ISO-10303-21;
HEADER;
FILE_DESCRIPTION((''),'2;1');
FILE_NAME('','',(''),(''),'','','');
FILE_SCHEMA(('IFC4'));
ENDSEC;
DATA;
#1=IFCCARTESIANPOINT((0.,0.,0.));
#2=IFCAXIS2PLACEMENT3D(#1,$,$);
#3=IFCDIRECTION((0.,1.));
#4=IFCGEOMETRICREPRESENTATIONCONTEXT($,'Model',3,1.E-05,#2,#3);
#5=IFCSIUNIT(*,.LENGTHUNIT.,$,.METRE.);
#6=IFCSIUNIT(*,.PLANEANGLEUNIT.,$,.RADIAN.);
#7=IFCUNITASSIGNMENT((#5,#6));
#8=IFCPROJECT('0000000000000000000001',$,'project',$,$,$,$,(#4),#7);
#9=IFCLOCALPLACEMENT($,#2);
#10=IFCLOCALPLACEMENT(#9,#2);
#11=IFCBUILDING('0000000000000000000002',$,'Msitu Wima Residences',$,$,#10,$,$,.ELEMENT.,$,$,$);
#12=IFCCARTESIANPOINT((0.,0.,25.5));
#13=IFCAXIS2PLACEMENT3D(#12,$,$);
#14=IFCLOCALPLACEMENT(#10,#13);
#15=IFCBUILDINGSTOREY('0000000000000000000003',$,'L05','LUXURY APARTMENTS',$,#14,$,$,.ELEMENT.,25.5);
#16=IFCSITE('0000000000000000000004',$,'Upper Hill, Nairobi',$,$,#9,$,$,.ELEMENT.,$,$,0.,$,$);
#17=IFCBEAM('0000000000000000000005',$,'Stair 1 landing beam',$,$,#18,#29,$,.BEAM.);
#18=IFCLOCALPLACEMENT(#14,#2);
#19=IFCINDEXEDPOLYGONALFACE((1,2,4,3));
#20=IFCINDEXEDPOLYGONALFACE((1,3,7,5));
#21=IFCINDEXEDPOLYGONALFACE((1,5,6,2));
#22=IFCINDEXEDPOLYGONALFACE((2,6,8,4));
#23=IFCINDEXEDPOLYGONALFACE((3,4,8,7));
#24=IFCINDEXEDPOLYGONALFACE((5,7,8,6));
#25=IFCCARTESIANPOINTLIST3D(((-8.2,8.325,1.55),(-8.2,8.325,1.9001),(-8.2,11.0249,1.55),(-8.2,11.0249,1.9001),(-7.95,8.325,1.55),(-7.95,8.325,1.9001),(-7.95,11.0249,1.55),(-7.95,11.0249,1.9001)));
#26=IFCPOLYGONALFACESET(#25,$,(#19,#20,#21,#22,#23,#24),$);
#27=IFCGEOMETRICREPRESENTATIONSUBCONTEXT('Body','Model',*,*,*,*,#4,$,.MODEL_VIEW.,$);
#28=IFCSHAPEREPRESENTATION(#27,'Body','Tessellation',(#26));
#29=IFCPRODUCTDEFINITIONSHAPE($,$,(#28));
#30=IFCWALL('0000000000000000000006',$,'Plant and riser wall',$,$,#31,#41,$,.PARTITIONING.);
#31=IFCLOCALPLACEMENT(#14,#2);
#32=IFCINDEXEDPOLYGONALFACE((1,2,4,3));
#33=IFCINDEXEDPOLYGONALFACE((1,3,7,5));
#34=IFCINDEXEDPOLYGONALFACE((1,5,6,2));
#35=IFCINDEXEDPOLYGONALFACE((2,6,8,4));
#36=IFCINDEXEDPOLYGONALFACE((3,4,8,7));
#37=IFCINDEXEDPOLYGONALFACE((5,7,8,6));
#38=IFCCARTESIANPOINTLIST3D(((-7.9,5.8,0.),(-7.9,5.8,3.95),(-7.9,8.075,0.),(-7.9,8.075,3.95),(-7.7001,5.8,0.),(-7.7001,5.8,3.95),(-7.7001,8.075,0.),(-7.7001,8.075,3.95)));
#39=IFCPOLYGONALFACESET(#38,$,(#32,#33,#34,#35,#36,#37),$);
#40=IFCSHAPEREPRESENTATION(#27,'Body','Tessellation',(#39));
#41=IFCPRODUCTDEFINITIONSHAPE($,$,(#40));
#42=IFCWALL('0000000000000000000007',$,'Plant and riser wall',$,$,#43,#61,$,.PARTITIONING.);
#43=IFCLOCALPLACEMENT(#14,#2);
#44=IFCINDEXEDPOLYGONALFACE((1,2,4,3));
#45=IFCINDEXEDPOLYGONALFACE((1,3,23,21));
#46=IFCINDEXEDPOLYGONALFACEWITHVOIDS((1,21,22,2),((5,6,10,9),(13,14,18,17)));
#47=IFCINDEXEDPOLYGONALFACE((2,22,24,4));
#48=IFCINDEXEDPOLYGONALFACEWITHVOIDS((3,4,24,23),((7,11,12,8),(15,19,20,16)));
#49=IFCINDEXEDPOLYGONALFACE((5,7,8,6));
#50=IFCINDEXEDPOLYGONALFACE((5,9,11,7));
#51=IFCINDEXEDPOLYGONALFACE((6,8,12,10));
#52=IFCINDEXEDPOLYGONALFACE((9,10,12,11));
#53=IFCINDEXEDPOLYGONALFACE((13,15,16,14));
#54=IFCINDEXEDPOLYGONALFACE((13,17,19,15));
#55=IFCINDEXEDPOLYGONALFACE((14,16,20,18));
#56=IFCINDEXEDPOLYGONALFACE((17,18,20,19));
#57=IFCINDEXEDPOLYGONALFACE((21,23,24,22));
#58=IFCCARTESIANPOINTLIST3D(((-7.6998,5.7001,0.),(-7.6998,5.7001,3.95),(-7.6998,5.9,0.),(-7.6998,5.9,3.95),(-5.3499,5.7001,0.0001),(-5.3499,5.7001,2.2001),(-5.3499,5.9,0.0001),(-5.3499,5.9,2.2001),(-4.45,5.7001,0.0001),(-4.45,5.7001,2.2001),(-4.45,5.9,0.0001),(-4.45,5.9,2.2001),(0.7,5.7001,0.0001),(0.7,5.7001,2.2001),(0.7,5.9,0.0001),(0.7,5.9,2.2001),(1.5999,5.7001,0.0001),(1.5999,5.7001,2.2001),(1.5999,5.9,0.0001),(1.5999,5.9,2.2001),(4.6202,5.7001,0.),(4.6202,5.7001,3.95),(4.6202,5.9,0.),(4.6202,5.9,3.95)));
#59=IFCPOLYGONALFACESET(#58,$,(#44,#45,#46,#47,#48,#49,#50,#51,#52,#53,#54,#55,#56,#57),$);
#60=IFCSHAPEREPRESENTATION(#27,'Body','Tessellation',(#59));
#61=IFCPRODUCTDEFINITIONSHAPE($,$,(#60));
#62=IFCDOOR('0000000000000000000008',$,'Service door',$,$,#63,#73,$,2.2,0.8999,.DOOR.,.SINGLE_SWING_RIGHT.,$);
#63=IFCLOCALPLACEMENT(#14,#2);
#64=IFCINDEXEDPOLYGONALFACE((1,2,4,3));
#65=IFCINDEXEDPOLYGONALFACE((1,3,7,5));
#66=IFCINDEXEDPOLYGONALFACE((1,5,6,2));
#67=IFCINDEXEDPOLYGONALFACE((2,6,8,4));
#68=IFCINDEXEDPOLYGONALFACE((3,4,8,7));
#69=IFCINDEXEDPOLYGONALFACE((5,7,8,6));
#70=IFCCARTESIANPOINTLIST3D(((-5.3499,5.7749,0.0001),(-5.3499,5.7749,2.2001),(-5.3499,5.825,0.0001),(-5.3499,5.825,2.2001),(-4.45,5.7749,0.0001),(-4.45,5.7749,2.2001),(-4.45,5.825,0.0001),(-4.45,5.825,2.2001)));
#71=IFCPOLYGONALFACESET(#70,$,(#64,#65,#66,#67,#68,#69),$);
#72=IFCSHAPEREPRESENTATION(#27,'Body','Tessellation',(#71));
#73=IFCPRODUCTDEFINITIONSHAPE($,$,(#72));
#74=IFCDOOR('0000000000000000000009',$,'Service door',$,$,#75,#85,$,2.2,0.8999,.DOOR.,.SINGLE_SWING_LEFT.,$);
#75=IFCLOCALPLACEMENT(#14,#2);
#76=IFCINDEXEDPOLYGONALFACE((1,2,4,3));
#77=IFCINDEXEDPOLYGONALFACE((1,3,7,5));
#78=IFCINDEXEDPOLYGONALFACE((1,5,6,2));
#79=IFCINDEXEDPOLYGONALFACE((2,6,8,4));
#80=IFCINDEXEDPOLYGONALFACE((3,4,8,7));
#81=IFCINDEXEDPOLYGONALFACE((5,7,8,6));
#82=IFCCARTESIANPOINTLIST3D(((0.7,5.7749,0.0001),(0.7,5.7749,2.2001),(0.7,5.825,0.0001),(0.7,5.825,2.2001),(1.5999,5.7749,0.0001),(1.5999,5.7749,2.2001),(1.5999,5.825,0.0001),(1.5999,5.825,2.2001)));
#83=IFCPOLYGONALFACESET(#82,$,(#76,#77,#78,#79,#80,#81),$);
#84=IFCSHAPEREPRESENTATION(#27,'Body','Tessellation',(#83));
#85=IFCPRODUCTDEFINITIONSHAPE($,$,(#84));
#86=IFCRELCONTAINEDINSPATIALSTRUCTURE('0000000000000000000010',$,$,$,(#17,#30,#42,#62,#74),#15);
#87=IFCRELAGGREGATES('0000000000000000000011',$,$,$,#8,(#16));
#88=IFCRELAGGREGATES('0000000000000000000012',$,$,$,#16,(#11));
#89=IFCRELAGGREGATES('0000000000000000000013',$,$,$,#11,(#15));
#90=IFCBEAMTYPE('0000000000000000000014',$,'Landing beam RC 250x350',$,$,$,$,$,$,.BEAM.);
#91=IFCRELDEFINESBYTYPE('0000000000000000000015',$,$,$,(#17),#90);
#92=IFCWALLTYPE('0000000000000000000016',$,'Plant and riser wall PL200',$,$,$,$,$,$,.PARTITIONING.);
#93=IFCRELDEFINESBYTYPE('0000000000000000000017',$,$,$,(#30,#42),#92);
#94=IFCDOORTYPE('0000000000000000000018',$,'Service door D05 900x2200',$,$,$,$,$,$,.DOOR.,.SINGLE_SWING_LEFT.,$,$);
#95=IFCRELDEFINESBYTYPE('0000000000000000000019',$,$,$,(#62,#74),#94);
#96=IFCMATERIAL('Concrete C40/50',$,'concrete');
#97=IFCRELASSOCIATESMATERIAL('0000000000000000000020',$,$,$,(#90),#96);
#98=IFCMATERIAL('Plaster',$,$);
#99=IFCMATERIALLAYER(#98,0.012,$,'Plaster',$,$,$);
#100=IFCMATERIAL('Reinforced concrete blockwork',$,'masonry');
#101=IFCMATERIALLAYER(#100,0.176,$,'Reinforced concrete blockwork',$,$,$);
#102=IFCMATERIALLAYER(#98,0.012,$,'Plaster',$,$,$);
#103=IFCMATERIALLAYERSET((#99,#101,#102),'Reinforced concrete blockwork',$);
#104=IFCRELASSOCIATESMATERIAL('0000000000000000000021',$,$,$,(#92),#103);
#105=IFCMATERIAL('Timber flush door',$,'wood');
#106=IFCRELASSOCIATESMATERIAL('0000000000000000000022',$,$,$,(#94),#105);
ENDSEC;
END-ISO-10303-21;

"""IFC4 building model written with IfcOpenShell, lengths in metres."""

from ifc_helpers import new_model, si_unit, direction, frame, frame_2d, origin, origin_2d, place, context, subcontext, project, spatial, rectangle, extrude, material, layer, layer_set, material_profile, profile_set, type_object, element, fill, save


model = new_model("IFC4")

# Units and contexts
model_context = context("Model", 3, precision=1e-05, world=origin(), true_north=direction((0.0, 1.0)))
body_context = subcontext(model_context, "Body", "Model", "MODEL_VIEW")
ifc_project = project(units=[si_unit("LENGTHUNIT", "METRE"), si_unit("PLANEANGLEUNIT", "RADIAN")], contexts=[model_context])

# Site, building, storey
site_placement = place(None, origin())
site = spatial("IfcSite", under=ifc_project, at=site_placement, Name="Upper Hill, Nairobi", CompositionType="ELEMENT", RefElevation=0.0)
building_placement = place(site_placement, origin())
building = spatial("IfcBuilding", under=site, at=building_placement, Name="Msitu Wima Residences", CompositionType="ELEMENT")
storey_placement = place(building_placement, frame((0.0, 0.0, 25.5)))
storey = spatial("IfcBuildingStorey", under=building, at=storey_placement, Name="L05", Description="LUXURY APARTMENTS", CompositionType="ELEMENT", Elevation=25.5)

# Beam
ifc_material_1 = material(Name="Concrete C40/50", Category="concrete")
ifc_material_profile = material_profile(ifc_material_1, rectangle(XDim=0.25, YDim=0.3501, at=origin_2d()), Name="RC 250x350")
ifc_profile_set = profile_set([ifc_material_profile], Name="Concrete C40/50")
beam_type = type_object("IfcBeamType", Name="Landing beam RC 250x350", PredefinedType="BEAM", material=ifc_profile_set)
beam_placement = place(storey_placement, frame((-8.075, 8.325, 1.7251), z_axis=(0.0, 1.0, 0.0), x_axis=(-1.0, 0.0, 0.0)))
element("IfcBeam", 1, at=beam_placement, inside=storey, type_object=beam_type, Name="Stair 1 landing beam", PredefinedType="BEAM", context=body_context, shape_type="SweptSolid", body=[
    extrude(rectangle(XDim=0.25, YDim=0.3501, at=origin_2d()), origin(), (0.0, 0.0, 1.0), 2.7),
])

# Shared definitions
ifc_material_2 = material(Name="Plaster")

# Wall
ifc_layer_1 = layer(ifc_material_2, 0.012, Name="Plaster")
ifc_material_3 = material(Name="Reinforced concrete blockwork", Category="masonry")
ifc_layer_2 = layer(ifc_material_3, 0.176, Name="Reinforced concrete blockwork")
ifc_layer_3 = layer(ifc_material_2, 0.012, Name="Plaster")
ifc_layer_set_1 = layer_set([ifc_layer_1, ifc_layer_2, ifc_layer_3], Name="Reinforced concrete blockwork")
wall_type_1 = type_object("IfcWallType", Name="Plant and riser wall PL200", PredefinedType="PARTITIONING", material=ifc_layer_set_1)
wall_1_placement = place(storey_placement, frame((-7.8, 5.8, 0.0), z_axis=(0.0, 0.0, 1.0), x_axis=(0.0, 1.0, 0.0)))
element("IfcWall", 2, at=wall_1_placement, inside=storey, type_object=wall_type_1, Name="Plant and riser wall", PredefinedType="PARTITIONING", context=body_context, shape_type="SweptSolid", body=[
    extrude(rectangle(XDim=2.2749, YDim=0.2, at=frame_2d((1.1375, 0.0))), origin(), (0.0, 0.0, 1.0), 3.95),
])

# Wall, openings, doors
wall_2_placement = place(storey_placement, frame((-7.7, 5.8, 0.0), z_axis=(0.0, 0.0, 1.0), x_axis=(1.0, 0.0, 0.0)))
wall_2 = element("IfcWall", 3, at=wall_2_placement, inside=storey, type_object=wall_type_1, Name="Plant and riser wall", PredefinedType="PARTITIONING", context=body_context, shape_type="SweptSolid", body=[
    extrude(rectangle(XDim=12.3201, YDim=0.2, at=frame_2d((6.1602, 0.0))), origin(), (0.0, 0.0, 1.0), 3.95),
])
opening_1_placement = place(wall_2_placement, frame((2.3501, 0.0, 0.0)))
opening_1 = element("IfcOpeningElement", 4, at=opening_1_placement, cuts=wall_2, PredefinedType="OPENING", context=body_context, shape_type="SweptSolid", body=[
    extrude(rectangle(XDim=0.8999, YDim=2.2, at=frame_2d((0.45, 1.1001))), frame((0.0, 0.1099, 0.0), z_axis=(0.0, -1.0, 0.0), x_axis=(1.0, 0.0, 0.0)), (0.0, 0.0, 1.0), 0.22),
])
opening_2_placement = place(wall_2_placement, frame((8.3999, 0.0, 0.0)))
opening_2 = element("IfcOpeningElement", 5, at=opening_2_placement, cuts=wall_2, PredefinedType="OPENING", context=body_context, shape_type="SweptSolid", body=[
    extrude(rectangle(XDim=0.8999, YDim=2.2, at=frame_2d((0.45, 1.1001))), frame((0.0, 0.1099, 0.0), z_axis=(0.0, -1.0, 0.0), x_axis=(1.0, 0.0, 0.0)), (0.0, 0.0, 1.0), 0.22),
])
ifc_material_4 = material(Name="Timber flush door", Category="wood")
door_type_1 = type_object("IfcDoorType", Name="Service door D05 900x2200", OperationType="SINGLE_SWING_LEFT", PredefinedType="DOOR", material=ifc_material_4)
door_1_placement = place(opening_1_placement, origin())
door_1 = element("IfcDoor", 6, at=door_1_placement, inside=storey, type_object=door_type_1, Name="Service door", OperationType="SINGLE_SWING_RIGHT", OverallHeight=2.2, OverallWidth=0.8999, PredefinedType="DOOR", context=body_context, shape_type="SweptSolid", body=[
    extrude(rectangle(XDim=0.8999, YDim=2.2, at=frame_2d((0.45, 1.1001))), frame((0.0, 0.0249, 0.0), z_axis=(0.0, -1.0, 0.0), x_axis=(1.0, 0.0, 0.0)), (0.0, 0.0, 1.0), 0.05),
])
fill(opening_1, door_1)
door_2_placement = place(opening_2_placement, origin())
door_2 = element("IfcDoor", 7, at=door_2_placement, inside=storey, type_object=door_type_1, Name="Service door", OperationType="SINGLE_SWING_LEFT", OverallHeight=2.2, OverallWidth=0.8999, PredefinedType="DOOR", context=body_context, shape_type="SweptSolid", body=[
    extrude(rectangle(XDim=0.8999, YDim=2.2, at=frame_2d((0.45, 1.1001))), frame((0.0, 0.0249, 0.0), z_axis=(0.0, -1.0, 0.0), x_axis=(1.0, 0.0, 0.0)), (0.0, 0.0, 1.0), 0.05),
])
fill(opening_2, door_2)

save(model, "model.ifc")
